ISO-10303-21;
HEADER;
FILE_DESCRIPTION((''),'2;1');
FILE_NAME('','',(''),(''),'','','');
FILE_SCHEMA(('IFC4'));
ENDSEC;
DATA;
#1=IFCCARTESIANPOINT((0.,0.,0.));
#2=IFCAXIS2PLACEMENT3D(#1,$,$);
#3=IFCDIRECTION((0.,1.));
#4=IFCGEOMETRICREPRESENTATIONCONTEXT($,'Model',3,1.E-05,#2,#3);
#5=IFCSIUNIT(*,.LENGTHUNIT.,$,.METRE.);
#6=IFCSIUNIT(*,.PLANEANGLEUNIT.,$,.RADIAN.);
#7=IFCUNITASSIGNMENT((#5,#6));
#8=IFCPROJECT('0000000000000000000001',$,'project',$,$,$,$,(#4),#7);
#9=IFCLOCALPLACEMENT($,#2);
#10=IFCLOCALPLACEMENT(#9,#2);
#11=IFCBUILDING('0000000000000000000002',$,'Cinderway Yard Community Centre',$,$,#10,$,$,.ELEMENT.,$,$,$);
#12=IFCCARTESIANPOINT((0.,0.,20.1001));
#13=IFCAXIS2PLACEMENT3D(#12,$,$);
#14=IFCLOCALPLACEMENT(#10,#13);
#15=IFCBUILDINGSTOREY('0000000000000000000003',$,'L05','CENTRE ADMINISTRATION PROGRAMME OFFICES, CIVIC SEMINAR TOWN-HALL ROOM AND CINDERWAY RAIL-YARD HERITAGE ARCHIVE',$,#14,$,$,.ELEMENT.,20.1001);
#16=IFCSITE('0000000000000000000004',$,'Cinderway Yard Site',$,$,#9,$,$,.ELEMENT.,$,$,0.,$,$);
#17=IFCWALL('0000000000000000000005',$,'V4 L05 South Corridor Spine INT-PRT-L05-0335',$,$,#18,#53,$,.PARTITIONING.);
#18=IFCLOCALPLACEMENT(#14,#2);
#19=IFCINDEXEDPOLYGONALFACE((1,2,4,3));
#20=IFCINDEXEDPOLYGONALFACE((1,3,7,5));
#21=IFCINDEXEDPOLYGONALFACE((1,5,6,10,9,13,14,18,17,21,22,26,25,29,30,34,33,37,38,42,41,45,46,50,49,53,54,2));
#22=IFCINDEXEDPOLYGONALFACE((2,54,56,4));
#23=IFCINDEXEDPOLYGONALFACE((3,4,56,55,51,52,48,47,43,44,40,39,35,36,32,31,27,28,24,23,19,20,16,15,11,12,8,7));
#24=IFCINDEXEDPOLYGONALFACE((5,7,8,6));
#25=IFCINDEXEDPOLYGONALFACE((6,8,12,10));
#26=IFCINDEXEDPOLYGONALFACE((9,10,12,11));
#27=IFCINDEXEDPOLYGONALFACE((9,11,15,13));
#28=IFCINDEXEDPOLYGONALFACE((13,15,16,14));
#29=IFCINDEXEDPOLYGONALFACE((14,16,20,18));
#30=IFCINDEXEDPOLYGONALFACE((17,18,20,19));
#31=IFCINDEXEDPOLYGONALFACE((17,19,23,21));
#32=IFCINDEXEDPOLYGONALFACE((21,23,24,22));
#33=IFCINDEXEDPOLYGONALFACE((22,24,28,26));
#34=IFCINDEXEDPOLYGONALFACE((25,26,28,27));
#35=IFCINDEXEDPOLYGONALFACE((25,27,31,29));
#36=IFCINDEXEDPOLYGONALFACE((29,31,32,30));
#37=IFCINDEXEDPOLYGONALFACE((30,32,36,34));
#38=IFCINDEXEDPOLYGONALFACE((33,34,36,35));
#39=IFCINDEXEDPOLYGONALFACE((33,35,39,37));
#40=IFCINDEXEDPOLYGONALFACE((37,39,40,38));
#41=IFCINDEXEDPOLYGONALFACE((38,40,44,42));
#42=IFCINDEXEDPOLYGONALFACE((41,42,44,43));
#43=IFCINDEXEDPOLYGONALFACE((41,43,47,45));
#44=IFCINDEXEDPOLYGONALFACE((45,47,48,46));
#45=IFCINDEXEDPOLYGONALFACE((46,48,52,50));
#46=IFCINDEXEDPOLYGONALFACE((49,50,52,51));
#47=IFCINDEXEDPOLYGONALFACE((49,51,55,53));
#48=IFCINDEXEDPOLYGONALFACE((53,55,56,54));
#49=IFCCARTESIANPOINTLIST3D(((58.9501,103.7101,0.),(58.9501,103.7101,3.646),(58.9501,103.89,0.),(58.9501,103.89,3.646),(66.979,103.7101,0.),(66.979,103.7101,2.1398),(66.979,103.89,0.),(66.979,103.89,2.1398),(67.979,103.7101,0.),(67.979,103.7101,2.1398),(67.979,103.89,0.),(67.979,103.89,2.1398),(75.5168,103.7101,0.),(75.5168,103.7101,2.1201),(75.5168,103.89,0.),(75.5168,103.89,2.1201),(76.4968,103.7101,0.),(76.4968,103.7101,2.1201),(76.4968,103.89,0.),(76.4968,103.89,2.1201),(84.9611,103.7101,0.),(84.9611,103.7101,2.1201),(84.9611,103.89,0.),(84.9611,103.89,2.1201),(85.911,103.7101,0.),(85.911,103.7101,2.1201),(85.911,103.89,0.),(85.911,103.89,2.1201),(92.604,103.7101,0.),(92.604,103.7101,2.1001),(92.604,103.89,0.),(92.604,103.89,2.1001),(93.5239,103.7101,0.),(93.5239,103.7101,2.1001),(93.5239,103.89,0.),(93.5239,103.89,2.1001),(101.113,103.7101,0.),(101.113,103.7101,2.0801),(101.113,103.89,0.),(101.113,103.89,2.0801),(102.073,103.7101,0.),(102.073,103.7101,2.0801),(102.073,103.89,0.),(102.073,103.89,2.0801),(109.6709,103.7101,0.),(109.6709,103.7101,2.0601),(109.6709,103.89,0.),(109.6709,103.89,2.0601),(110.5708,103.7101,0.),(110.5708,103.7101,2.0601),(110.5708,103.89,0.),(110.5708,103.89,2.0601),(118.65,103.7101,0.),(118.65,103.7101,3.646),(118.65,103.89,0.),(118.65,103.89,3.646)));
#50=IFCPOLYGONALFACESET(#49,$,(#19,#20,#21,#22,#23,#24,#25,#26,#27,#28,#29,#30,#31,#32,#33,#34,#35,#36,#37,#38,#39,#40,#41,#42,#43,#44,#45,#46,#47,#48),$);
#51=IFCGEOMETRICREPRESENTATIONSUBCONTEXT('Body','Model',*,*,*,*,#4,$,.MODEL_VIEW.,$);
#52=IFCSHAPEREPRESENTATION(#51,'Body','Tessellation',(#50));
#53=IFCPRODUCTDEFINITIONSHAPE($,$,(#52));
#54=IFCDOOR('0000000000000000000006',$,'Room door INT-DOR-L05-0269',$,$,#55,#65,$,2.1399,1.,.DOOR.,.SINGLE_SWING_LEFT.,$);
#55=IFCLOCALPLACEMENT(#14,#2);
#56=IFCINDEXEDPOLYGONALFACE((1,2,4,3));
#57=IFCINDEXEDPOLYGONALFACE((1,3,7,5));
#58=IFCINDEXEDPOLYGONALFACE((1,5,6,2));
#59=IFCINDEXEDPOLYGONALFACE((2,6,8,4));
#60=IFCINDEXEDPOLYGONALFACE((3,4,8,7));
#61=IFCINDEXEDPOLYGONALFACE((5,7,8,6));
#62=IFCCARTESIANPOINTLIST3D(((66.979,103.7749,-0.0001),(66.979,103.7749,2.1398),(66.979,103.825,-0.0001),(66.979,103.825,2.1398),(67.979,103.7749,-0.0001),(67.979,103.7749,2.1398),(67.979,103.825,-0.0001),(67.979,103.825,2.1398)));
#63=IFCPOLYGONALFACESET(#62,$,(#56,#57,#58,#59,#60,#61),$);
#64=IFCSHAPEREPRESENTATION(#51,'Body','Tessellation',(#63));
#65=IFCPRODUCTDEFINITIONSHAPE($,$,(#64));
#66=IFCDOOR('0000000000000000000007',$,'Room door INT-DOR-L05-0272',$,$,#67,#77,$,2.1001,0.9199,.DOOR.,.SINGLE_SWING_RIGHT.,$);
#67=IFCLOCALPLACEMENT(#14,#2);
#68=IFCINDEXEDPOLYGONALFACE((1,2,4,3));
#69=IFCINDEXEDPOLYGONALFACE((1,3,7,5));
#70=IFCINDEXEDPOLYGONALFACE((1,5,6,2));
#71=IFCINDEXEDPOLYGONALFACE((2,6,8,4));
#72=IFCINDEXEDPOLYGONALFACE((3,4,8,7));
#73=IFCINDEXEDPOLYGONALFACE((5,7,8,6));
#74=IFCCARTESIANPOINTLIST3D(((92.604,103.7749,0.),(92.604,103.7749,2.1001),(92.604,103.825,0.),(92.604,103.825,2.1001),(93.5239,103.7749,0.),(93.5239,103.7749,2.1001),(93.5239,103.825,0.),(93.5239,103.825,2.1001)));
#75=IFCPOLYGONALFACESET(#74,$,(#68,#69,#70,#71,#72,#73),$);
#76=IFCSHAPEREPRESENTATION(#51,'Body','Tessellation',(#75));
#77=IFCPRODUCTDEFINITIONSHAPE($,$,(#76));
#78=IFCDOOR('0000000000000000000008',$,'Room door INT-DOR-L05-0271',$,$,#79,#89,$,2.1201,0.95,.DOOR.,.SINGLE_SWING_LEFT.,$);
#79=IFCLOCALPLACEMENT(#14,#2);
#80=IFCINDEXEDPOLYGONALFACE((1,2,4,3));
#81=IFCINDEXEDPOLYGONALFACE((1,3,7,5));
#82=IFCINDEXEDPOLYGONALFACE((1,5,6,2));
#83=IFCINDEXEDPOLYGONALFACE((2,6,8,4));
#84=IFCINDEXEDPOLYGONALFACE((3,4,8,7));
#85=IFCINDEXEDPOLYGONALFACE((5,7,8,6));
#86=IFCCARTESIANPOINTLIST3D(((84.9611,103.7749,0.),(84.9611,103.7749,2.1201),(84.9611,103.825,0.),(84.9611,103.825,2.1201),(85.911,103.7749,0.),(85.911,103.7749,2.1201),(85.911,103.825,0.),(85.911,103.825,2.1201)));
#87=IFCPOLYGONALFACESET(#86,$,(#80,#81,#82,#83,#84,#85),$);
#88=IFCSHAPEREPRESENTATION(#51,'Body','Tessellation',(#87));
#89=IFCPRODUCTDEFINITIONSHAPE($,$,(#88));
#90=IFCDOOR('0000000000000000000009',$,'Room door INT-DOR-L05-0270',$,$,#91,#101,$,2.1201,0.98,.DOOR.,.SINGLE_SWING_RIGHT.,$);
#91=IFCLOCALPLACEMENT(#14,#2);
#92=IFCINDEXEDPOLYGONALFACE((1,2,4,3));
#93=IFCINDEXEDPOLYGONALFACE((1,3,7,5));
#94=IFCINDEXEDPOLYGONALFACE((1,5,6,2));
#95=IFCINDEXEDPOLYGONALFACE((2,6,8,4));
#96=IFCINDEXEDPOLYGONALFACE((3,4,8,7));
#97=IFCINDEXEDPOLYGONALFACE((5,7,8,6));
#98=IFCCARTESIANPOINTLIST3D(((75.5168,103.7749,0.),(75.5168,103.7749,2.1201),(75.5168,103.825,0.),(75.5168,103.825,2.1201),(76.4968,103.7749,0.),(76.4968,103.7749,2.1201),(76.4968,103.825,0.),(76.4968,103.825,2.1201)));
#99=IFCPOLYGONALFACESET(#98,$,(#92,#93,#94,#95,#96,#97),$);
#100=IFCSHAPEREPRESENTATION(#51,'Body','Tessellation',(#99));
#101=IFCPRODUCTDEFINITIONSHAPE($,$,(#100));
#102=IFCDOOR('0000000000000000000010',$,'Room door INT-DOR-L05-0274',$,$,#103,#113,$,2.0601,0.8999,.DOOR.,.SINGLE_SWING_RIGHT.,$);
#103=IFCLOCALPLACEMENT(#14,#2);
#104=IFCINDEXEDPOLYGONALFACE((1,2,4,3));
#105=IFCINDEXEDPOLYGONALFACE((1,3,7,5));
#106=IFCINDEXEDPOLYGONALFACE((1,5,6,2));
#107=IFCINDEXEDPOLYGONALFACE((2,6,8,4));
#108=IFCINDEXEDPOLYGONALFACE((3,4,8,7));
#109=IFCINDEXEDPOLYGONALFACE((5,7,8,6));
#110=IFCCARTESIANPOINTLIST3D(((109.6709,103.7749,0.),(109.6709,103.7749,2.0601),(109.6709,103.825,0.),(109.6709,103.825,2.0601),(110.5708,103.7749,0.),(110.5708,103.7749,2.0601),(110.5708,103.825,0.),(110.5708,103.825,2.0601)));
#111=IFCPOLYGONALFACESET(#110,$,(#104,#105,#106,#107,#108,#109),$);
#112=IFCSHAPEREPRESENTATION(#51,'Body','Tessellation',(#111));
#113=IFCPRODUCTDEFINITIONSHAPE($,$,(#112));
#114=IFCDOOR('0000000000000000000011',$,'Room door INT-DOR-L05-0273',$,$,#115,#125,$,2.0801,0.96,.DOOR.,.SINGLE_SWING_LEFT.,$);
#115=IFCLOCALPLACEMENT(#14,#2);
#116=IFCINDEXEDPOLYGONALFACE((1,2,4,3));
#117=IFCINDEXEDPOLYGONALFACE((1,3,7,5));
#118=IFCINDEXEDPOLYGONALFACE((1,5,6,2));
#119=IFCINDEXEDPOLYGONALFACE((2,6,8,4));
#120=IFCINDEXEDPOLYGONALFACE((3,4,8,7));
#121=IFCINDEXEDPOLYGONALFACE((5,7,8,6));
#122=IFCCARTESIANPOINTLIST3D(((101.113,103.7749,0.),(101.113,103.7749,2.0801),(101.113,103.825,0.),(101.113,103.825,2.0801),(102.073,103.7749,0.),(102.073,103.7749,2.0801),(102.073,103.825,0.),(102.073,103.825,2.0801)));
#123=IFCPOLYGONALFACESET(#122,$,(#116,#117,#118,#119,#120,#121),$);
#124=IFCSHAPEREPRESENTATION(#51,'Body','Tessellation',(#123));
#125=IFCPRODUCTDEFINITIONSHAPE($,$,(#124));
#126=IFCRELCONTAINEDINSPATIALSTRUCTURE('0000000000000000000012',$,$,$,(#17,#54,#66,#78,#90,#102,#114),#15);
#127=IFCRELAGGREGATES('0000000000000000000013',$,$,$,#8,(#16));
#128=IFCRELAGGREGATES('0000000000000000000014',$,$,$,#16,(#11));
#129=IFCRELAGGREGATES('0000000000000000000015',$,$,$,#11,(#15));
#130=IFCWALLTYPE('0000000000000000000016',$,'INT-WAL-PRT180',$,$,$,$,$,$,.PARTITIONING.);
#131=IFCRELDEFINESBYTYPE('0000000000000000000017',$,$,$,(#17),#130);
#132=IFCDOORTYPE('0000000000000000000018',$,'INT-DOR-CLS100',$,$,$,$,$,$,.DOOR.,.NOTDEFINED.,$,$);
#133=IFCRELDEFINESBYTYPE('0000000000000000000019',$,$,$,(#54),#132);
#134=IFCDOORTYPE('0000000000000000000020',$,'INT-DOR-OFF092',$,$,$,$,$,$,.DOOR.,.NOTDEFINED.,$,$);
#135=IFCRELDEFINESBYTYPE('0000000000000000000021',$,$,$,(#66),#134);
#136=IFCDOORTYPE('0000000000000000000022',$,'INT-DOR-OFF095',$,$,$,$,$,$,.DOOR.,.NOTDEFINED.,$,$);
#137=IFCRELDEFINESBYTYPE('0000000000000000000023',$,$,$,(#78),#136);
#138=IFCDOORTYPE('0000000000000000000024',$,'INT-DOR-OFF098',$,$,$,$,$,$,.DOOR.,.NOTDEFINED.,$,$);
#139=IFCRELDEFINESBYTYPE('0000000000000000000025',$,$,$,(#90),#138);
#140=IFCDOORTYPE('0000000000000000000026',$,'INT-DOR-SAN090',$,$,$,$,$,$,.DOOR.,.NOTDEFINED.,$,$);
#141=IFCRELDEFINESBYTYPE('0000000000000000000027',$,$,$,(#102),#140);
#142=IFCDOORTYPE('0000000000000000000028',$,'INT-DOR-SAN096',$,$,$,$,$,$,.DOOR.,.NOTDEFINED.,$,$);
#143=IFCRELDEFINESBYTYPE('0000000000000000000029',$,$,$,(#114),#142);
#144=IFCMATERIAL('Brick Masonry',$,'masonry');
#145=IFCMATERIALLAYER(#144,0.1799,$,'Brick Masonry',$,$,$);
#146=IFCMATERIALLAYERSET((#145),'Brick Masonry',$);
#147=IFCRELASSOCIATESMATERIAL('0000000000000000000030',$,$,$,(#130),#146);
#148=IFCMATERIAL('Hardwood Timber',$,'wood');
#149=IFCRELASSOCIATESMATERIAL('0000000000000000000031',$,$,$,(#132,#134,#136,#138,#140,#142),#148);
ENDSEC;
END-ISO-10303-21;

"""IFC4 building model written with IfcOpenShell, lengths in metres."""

from ifc_helpers import new_model, si_unit, direction, frame, frame_2d, origin, place, context, subcontext, project, spatial, rectangle, extrude, material, layer, layer_set, type_object, element, fill, save


model = new_model("IFC4")

# Units and contexts
model_context = context("Model", 3, precision=1e-05, world=origin(), true_north=direction((0.0, 1.0)))
body_context = subcontext(model_context, "Body", "Model", "MODEL_VIEW")
ifc_project = project(units=[si_unit("LENGTHUNIT", "METRE"), si_unit("PLANEANGLEUNIT", "RADIAN")], contexts=[model_context])

# Site, building, storey
site_placement = place(None, origin())
site = spatial("IfcSite", under=ifc_project, at=site_placement, Name="Cinderway Yard Site", CompositionType="ELEMENT", RefElevation=0.0)
building_placement = place(site_placement, origin())
building = spatial("IfcBuilding", under=site, at=building_placement, Name="Cinderway Yard Community Centre", CompositionType="ELEMENT")
storey_placement = place(building_placement, frame((0.0, 0.0, 20.1001)))
storey = spatial("IfcBuildingStorey", under=building, at=storey_placement, Name="L05", Description="CENTRE ADMINISTRATION PROGRAMME OFFICES, CIVIC SEMINAR TOWN-HALL ROOM AND CINDERWAY RAIL-YARD HERITAGE ARCHIVE", CompositionType="ELEMENT", Elevation=20.1001)

# Shared definitions
ifc_material_1 = material(Name="Brick Masonry", Category="masonry")

# Wall, openings, doors
ifc_layer_1 = layer(ifc_material_1, 0.1799, Name="Brick Masonry")
ifc_layer_set_1 = layer_set([ifc_layer_1], Name="Brick Masonry")
wall_type_1 = type_object("IfcWallType", Name="INT-WAL-PRT180", PredefinedType="PARTITIONING", material=ifc_layer_set_1)
wall_1_placement = place(storey_placement, frame((58.95, 103.8, 0.0), z_axis=(0.0, 0.0, 1.0), x_axis=(1.0, 0.0, 0.0)))
wall_1 = element("IfcWall", 1, at=wall_1_placement, inside=storey, type_object=wall_type_1, Name="V4 L05 South Corridor Spine INT-PRT-L05-0335", PredefinedType="PARTITIONING", context=body_context, shape_type="SweptSolid", body=[
    extrude(rectangle(XDim=59.7, YDim=0.1799, at=frame_2d((29.8501, 0.0))), origin(), (0.0, 0.0, 1.0), 3.646),
])
opening_1_placement = place(wall_1_placement, frame((8.0291, 0.0, 0.0)))
opening_1 = element("IfcOpeningElement", 2, at=opening_1_placement, cuts=wall_1, PredefinedType="OPENING", context=body_context, shape_type="SweptSolid", body=[
    extrude(rectangle(XDim=1.0, YDim=2.1399, at=frame_2d((0.5, 1.0698))), frame((0.0, 0.0999, 0.0), z_axis=(0.0, -1.0, 0.0), x_axis=(1.0, 0.0, 0.0)), (0.0, 0.0, 1.0), 0.2),
])
opening_2_placement = place(wall_1_placement, frame((16.5669, 0.0, 0.0)))
opening_2 = element("IfcOpeningElement", 3, at=opening_2_placement, cuts=wall_1, PredefinedType="OPENING", context=body_context, shape_type="SweptSolid", body=[
    extrude(rectangle(XDim=0.98, YDim=2.1201, at=frame_2d((0.49, 1.0601))), frame((0.0, 0.0999, 0.0), z_axis=(0.0, -1.0, 0.0), x_axis=(1.0, 0.0, 0.0)), (0.0, 0.0, 1.0), 0.2),
])
opening_3_placement = place(wall_1_placement, frame((26.011, 0.0, 0.0)))
opening_3 = element("IfcOpeningElement", 4, at=opening_3_placement, cuts=wall_1, PredefinedType="OPENING", context=body_context, shape_type="SweptSolid", body=[
    extrude(rectangle(XDim=0.95, YDim=2.1201, at=frame_2d((0.4751, 1.0601))), frame((0.0, 0.0999, 0.0), z_axis=(0.0, -1.0, 0.0), x_axis=(1.0, 0.0, 0.0)), (0.0, 0.0, 1.0), 0.2),
])
opening_4_placement = place(wall_1_placement, frame((33.6541, 0.0, 0.0)))
opening_4 = element("IfcOpeningElement", 5, at=opening_4_placement, cuts=wall_1, PredefinedType="OPENING", context=body_context, shape_type="SweptSolid", body=[
    extrude(rectangle(XDim=0.9199, YDim=2.1001, at=frame_2d((0.46, 1.05))), frame((0.0, 0.0999, 0.0), z_axis=(0.0, -1.0, 0.0), x_axis=(1.0, 0.0, 0.0)), (0.0, 0.0, 1.0), 0.2),
])
opening_5_placement = place(wall_1_placement, frame((42.1631, 0.0, 0.0)))
opening_5 = element("IfcOpeningElement", 6, at=opening_5_placement, cuts=wall_1, PredefinedType="OPENING", context=body_context, shape_type="SweptSolid", body=[
    extrude(rectangle(XDim=0.96, YDim=2.0801, at=frame_2d((0.48, 1.04))), frame((0.0, 0.0999, 0.0), z_axis=(0.0, -1.0, 0.0), x_axis=(1.0, 0.0, 0.0)), (0.0, 0.0, 1.0), 0.2),
])
opening_6_placement = place(wall_1_placement, frame((50.7209, 0.0, 0.0)))
opening_6 = element("IfcOpeningElement", 7, at=opening_6_placement, cuts=wall_1, PredefinedType="OPENING", context=body_context, shape_type="SweptSolid", body=[
    extrude(rectangle(XDim=0.8999, YDim=2.0601, at=frame_2d((0.45, 1.03))), frame((0.0, 0.0999, 0.0), z_axis=(0.0, -1.0, 0.0), x_axis=(1.0, 0.0, 0.0)), (0.0, 0.0, 1.0), 0.2),
])
ifc_material_2 = material(Name="Hardwood Timber", Category="wood")
door_type_1 = type_object("IfcDoorType", Name="INT-DOR-CLS100", OperationType="NOTDEFINED", PredefinedType="DOOR", material=ifc_material_2)
door_1_placement = place(opening_1_placement, origin())
door_1 = element("IfcDoor", 8, at=door_1_placement, inside=storey, type_object=door_type_1, Name="Room door INT-DOR-L05-0269", OperationType="SINGLE_SWING_LEFT", OverallHeight=2.1399, OverallWidth=1.0, PredefinedType="DOOR", context=body_context, shape_type="SweptSolid", body=[
    extrude(rectangle(XDim=1.0, YDim=2.1399, at=frame_2d((0.5, 1.0698))), frame((0.0, 0.0249, 0.0), z_axis=(0.0, -1.0, 0.0), x_axis=(1.0, 0.0, 0.0)), (0.0, 0.0, 1.0), 0.05),
])
fill(opening_1, door_1)
door_type_2 = type_object("IfcDoorType", Name="INT-DOR-OFF092", OperationType="NOTDEFINED", PredefinedType="DOOR", material=ifc_material_2)
door_2_placement = place(opening_4_placement, origin())
door_2 = element("IfcDoor", 9, at=door_2_placement, inside=storey, type_object=door_type_2, Name="Room door INT-DOR-L05-0272", OperationType="SINGLE_SWING_RIGHT", OverallHeight=2.1001, OverallWidth=0.9199, PredefinedType="DOOR", context=body_context, shape_type="SweptSolid", body=[
    extrude(rectangle(XDim=0.9199, YDim=2.1001, at=frame_2d((0.46, 1.05))), frame((0.0, 0.0249, 0.0), z_axis=(0.0, -1.0, 0.0), x_axis=(1.0, 0.0, 0.0)), (0.0, 0.0, 1.0), 0.05),
])
fill(opening_4, door_2)
door_type_3 = type_object("IfcDoorType", Name="INT-DOR-OFF095", OperationType="NOTDEFINED", PredefinedType="DOOR", material=ifc_material_2)
door_3_placement = place(opening_3_placement, origin())
door_3 = element("IfcDoor", 10, at=door_3_placement, inside=storey, type_object=door_type_3, Name="Room door INT-DOR-L05-0271", OperationType="SINGLE_SWING_LEFT", OverallHeight=2.1201, OverallWidth=0.95, PredefinedType="DOOR", context=body_context, shape_type="SweptSolid", body=[
    extrude(rectangle(XDim=0.95, YDim=2.1201, at=frame_2d((0.4751, 1.0601))), frame((0.0, 0.0249, 0.0), z_axis=(0.0, -1.0, 0.0), x_axis=(1.0, 0.0, 0.0)), (0.0, 0.0, 1.0), 0.05),
])
fill(opening_3, door_3)
door_type_4 = type_object("IfcDoorType", Name="INT-DOR-OFF098", OperationType="NOTDEFINED", PredefinedType="DOOR", material=ifc_material_2)
door_4_placement = place(opening_2_placement, origin())
door_4 = element("IfcDoor", 11, at=door_4_placement, inside=storey, type_object=door_type_4, Name="Room door INT-DOR-L05-0270", OperationType="SINGLE_SWING_RIGHT", OverallHeight=2.1201, OverallWidth=0.98, PredefinedType="DOOR", context=body_context, shape_type="SweptSolid", body=[
    extrude(rectangle(XDim=0.98, YDim=2.1201, at=frame_2d((0.49, 1.0601))), frame((0.0, 0.0249, 0.0), z_axis=(0.0, -1.0, 0.0), x_axis=(1.0, 0.0, 0.0)), (0.0, 0.0, 1.0), 0.05),
])
fill(opening_2, door_4)
door_type_5 = type_object("IfcDoorType", Name="INT-DOR-SAN090", OperationType="NOTDEFINED", PredefinedType="DOOR", material=ifc_material_2)
door_5_placement = place(opening_6_placement, origin())
door_5 = element("IfcDoor", 12, at=door_5_placement, inside=storey, type_object=door_type_5, Name="Room door INT-DOR-L05-0274", OperationType="SINGLE_SWING_RIGHT", OverallHeight=2.0601, OverallWidth=0.8999, PredefinedType="DOOR", context=body_context, shape_type="SweptSolid", body=[
    extrude(rectangle(XDim=0.8999, YDim=2.0601, at=frame_2d((0.45, 1.03))), frame((0.0, 0.0249, 0.0), z_axis=(0.0, -1.0, 0.0), x_axis=(1.0, 0.0, 0.0)), (0.0, 0.0, 1.0), 0.05),
])
fill(opening_6, door_5)
door_type_6 = type_object("IfcDoorType", Name="INT-DOR-SAN096", OperationType="NOTDEFINED", PredefinedType="DOOR", material=ifc_material_2)
door_6_placement = place(opening_5_placement, origin())
door_6 = element("IfcDoor", 13, at=door_6_placement, inside=storey, type_object=door_type_6, Name="Room door INT-DOR-L05-0273", OperationType="SINGLE_SWING_LEFT", OverallHeight=2.0801, OverallWidth=0.96, PredefinedType="DOOR", context=body_context, shape_type="SweptSolid", body=[
    extrude(rectangle(XDim=0.96, YDim=2.0801, at=frame_2d((0.48, 1.04))), frame((0.0, 0.0249, 0.0), z_axis=(0.0, -1.0, 0.0), x_axis=(1.0, 0.0, 0.0)), (0.0, 0.0, 1.0), 0.05),
])
fill(opening_5, door_6)

save(model, "model.ifc")
